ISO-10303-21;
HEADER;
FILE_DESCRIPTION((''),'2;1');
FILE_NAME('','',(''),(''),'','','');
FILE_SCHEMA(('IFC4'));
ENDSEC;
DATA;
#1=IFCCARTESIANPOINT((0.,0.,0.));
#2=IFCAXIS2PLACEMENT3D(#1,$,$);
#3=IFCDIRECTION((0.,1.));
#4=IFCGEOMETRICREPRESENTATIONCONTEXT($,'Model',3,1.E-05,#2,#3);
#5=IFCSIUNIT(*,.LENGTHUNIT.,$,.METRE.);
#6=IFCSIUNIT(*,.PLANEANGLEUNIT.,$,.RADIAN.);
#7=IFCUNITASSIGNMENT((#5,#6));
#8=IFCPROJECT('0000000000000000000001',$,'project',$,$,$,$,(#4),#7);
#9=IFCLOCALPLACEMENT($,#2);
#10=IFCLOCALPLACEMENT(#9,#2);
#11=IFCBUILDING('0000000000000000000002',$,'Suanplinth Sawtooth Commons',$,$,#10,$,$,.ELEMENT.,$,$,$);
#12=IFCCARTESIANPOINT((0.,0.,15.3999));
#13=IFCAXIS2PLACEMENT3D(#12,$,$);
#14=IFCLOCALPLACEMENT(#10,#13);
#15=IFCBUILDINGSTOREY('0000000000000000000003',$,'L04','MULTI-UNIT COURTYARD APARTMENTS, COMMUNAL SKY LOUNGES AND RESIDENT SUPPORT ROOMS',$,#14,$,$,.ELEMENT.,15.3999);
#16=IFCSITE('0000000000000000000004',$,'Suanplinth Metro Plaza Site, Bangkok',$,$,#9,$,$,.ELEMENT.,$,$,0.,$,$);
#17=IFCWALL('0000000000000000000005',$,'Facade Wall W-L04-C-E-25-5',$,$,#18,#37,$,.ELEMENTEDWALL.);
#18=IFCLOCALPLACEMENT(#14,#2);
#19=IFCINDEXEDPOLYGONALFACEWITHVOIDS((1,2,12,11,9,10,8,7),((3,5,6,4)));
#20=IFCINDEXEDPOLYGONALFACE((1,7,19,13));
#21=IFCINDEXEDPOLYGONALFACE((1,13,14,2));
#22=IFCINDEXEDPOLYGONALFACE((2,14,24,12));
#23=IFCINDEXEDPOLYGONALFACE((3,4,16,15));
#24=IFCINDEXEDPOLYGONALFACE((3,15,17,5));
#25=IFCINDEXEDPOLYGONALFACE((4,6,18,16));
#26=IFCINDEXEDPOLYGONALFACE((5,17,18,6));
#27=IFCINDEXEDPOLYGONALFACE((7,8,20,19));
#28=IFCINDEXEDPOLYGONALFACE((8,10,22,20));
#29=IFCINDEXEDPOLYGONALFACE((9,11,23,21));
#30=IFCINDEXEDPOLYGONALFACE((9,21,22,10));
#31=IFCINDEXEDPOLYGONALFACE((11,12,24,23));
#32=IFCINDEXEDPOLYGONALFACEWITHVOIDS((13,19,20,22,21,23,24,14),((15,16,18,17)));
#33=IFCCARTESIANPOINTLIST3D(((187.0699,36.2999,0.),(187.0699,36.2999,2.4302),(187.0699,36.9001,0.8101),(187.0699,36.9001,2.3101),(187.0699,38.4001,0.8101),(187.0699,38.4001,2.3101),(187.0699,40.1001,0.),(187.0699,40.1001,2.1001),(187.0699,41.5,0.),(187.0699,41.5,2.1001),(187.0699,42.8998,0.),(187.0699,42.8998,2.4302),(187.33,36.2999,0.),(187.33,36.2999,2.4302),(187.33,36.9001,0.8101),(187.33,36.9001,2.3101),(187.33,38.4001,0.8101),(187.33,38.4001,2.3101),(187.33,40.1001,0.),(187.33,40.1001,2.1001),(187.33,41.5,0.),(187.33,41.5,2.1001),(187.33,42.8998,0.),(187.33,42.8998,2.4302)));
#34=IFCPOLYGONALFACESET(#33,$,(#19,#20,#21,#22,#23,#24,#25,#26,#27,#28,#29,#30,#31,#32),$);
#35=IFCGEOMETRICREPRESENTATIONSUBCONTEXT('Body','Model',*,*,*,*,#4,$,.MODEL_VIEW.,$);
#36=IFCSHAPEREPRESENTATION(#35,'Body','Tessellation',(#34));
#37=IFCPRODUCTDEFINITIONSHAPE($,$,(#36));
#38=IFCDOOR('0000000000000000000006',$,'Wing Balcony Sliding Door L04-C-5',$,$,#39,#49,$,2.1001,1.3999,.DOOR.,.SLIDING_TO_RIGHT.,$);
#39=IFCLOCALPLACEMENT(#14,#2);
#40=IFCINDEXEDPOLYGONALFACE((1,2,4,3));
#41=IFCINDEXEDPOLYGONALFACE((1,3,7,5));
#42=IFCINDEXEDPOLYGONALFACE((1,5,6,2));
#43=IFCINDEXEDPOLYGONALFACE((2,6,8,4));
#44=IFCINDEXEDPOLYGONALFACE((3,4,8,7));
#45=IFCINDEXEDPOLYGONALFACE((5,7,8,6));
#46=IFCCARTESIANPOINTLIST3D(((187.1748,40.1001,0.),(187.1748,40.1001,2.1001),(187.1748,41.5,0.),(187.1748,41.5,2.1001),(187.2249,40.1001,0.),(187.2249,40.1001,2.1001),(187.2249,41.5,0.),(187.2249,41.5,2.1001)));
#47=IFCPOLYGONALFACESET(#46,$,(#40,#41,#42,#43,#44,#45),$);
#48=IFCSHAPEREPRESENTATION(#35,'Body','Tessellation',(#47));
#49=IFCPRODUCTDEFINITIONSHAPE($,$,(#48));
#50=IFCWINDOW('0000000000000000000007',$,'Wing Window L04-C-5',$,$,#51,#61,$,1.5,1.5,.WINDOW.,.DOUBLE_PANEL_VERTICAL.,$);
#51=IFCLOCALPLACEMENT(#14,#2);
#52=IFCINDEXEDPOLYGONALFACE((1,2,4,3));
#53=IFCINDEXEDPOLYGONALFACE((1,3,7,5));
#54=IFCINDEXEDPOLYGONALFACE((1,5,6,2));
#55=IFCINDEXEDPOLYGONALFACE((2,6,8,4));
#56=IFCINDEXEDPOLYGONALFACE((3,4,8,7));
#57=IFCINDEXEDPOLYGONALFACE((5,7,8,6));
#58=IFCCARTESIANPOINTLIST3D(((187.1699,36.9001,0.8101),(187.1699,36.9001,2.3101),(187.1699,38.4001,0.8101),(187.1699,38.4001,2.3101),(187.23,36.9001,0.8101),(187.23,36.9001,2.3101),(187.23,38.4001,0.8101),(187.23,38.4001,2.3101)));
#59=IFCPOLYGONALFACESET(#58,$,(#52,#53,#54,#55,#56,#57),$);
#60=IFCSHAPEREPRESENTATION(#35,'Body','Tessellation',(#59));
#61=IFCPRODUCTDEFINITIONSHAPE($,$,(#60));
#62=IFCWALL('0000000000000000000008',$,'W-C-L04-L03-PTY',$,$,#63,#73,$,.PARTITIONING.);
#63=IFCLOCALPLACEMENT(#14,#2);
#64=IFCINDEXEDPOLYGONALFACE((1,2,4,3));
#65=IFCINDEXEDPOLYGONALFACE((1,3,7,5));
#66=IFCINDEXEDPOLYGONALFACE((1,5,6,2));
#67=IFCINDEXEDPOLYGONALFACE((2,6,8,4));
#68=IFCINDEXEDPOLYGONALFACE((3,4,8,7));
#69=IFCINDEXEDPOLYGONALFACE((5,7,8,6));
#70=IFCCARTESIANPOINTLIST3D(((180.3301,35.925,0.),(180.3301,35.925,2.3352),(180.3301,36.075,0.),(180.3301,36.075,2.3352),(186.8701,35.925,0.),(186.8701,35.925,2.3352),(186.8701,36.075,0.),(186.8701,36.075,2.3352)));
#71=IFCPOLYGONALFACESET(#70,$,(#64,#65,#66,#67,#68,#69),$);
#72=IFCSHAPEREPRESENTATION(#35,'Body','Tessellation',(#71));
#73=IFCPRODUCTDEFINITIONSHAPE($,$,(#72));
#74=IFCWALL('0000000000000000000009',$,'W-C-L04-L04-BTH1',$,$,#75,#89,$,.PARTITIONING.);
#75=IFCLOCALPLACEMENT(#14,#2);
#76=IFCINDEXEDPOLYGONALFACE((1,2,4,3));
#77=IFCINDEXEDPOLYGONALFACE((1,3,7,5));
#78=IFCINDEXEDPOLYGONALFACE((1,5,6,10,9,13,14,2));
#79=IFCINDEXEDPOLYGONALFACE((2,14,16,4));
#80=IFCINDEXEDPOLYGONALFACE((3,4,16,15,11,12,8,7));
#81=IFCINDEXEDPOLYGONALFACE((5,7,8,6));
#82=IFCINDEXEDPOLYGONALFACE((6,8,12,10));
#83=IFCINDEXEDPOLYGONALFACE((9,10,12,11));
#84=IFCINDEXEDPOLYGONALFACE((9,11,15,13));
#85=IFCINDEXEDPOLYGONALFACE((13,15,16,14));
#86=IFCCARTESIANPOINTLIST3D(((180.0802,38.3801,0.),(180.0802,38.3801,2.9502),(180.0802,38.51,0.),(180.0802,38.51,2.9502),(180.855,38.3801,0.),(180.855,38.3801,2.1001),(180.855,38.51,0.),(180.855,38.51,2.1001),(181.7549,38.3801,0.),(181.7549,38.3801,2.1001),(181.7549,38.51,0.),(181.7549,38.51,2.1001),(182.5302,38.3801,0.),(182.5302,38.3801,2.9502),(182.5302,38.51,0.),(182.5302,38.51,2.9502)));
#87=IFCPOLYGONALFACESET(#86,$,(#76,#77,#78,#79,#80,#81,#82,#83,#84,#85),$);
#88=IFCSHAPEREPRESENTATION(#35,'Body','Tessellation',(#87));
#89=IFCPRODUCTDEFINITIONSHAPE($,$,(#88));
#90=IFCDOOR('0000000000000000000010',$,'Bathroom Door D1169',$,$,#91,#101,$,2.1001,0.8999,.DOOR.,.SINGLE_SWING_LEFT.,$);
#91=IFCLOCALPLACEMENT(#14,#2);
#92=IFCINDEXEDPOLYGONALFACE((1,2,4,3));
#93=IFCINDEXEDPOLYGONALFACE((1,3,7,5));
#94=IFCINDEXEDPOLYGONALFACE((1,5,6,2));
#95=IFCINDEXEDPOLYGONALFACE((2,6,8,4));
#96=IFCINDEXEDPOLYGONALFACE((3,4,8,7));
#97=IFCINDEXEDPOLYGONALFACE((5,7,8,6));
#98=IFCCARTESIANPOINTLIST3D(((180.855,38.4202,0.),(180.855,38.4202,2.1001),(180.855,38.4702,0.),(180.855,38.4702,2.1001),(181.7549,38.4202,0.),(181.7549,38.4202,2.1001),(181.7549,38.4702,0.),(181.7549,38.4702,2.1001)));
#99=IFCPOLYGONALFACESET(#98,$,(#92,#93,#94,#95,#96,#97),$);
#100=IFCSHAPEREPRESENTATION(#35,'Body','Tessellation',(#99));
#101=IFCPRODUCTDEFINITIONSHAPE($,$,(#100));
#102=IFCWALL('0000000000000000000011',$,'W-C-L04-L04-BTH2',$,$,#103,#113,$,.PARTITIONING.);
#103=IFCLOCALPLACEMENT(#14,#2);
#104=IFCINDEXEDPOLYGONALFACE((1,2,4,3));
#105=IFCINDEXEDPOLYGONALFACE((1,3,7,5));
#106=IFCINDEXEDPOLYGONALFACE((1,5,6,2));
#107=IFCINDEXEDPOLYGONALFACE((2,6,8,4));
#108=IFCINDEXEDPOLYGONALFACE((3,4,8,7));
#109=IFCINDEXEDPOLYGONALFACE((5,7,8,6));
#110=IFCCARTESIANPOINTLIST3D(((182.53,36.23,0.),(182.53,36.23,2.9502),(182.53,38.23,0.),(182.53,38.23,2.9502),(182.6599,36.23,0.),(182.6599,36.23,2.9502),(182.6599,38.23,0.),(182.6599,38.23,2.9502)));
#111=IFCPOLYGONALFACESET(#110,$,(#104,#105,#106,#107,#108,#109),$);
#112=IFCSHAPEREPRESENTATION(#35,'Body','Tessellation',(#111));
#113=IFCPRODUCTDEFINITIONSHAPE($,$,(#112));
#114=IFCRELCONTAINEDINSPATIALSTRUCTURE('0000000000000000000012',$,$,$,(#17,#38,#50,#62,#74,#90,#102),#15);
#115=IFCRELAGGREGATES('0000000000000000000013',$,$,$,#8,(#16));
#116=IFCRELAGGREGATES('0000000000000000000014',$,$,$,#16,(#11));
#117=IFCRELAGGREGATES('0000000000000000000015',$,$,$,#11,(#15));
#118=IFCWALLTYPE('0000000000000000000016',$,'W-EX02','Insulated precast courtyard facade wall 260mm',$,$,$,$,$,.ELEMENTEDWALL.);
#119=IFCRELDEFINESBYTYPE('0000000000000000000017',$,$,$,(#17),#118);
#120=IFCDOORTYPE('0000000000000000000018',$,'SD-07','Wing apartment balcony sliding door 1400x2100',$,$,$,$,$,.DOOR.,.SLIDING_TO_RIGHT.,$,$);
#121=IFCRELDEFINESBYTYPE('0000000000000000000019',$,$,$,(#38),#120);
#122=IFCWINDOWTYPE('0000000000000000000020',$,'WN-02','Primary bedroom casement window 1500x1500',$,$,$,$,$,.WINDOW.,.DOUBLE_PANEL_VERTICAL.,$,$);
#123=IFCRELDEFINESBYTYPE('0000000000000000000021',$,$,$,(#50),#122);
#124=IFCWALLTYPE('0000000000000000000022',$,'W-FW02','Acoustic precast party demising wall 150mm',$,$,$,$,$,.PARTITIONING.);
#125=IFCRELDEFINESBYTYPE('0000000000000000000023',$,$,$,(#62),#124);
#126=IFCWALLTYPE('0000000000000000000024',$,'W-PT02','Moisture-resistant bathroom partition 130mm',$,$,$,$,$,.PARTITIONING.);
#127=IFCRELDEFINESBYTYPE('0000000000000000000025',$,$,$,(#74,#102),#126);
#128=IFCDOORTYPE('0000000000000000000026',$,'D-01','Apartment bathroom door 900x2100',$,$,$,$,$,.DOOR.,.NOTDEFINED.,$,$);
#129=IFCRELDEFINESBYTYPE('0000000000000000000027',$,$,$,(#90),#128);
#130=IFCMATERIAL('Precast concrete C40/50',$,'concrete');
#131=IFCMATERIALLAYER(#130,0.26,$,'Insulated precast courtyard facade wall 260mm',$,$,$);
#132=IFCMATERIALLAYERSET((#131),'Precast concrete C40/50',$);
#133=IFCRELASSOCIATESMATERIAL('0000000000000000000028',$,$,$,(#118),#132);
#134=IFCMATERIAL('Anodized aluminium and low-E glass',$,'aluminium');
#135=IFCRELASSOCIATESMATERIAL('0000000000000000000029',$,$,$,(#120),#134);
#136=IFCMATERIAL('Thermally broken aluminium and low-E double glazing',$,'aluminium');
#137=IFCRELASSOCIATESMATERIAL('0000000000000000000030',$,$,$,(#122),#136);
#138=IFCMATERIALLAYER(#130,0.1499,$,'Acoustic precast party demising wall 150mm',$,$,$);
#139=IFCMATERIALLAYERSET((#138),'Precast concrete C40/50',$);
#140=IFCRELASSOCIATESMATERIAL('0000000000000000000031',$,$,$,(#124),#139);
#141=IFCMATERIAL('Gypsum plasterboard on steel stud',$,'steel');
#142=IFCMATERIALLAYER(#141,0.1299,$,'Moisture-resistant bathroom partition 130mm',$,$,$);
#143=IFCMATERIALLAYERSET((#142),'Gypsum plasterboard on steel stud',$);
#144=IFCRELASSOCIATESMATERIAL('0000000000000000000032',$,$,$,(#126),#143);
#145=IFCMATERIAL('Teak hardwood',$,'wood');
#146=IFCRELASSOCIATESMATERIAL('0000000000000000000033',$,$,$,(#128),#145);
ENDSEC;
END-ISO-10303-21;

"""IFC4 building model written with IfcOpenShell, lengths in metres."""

from ifc_helpers import new_model, si_unit, direction, frame, frame_2d, origin, place, context, subcontext, project, spatial, rectangle, extrude, material, layer, layer_set, type_object, element, fill, save


model = new_model("IFC4")

# Units and contexts
model_context = context("Model", 3, precision=1e-05, world=origin(), true_north=direction((0.0, 1.0)))
body_context = subcontext(model_context, "Body", "Model", "MODEL_VIEW")
ifc_project = project(units=[si_unit("LENGTHUNIT", "METRE"), si_unit("PLANEANGLEUNIT", "RADIAN")], contexts=[model_context])

# Site, building, storey
site_placement = place(None, origin())
site = spatial("IfcSite", under=ifc_project, at=site_placement, Name="Suanplinth Metro Plaza Site, Bangkok", CompositionType="ELEMENT", RefElevation=0.0)
building_placement = place(site_placement, origin())
building = spatial("IfcBuilding", under=site, at=building_placement, Name="Suanplinth Sawtooth Commons", CompositionType="ELEMENT")
storey_placement = place(building_placement, frame((0.0, 0.0, 15.3999)))
storey = spatial("IfcBuildingStorey", under=building, at=storey_placement, Name="L04", Description="MULTI-UNIT COURTYARD APARTMENTS, COMMUNAL SKY LOUNGES AND RESIDENT SUPPORT ROOMS", CompositionType="ELEMENT", Elevation=15.3999)

# Shared definitions
ifc_material_1 = material(Name="Precast concrete C40/50", Category="concrete")

# Shared definitions
ifc_layer_1 = layer(ifc_material_1, 0.26, Name="Insulated precast courtyard facade wall 260mm")
ifc_layer_set_1 = layer_set([ifc_layer_1], Name="Precast concrete C40/50")
wall_type_1 = type_object("IfcWallType", Name="W-EX02", Description="Insulated precast courtyard facade wall 260mm", PredefinedType="ELEMENTEDWALL", material=ifc_layer_set_1)
ifc_material_2 = material(Name="Anodized aluminium and low-E glass", Category="aluminium")
door_type_1 = type_object("IfcDoorType", Name="SD-07", Description="Wing apartment balcony sliding door 1400x2100", OperationType="SLIDING_TO_RIGHT", PredefinedType="DOOR", material=ifc_material_2)

# Wall, openings, door, window
wall_1_placement = place(storey_placement, frame((187.2, 36.3, 0.0), z_axis=(0.0, 0.0, 1.0), x_axis=(0.0, 1.0, 0.0)))
wall_1 = element("IfcWall", 1, at=wall_1_placement, inside=storey, type_object=wall_type_1, Name="Facade Wall W-L04-C-E-25-5", PredefinedType="ELEMENTEDWALL", context=body_context, shape_type="SweptSolid", body=[
    extrude(rectangle(XDim=6.5999, YDim=0.26, at=frame_2d((3.2998, 0.0))), origin(), (0.0, 0.0, 1.0), 2.4302),
])
opening_1_placement = place(wall_1_placement, frame((3.8, 0.0, 0.0)))
opening_1 = element("IfcOpeningElement", 2, at=opening_1_placement, cuts=wall_1, PredefinedType="OPENING", context=body_context, shape_type="SweptSolid", body=[
    extrude(rectangle(XDim=1.3999, YDim=2.1001, at=frame_2d((0.7, 1.05))), frame((0.0, 0.145, 0.0), z_axis=(0.0, -1.0, 0.0), x_axis=(1.0, 0.0, 0.0)), (0.0, 0.0, 1.0), 0.2898),
])
opening_2_placement = place(wall_1_placement, frame((0.6001, 0.0, 0.8101)))
opening_2 = element("IfcOpeningElement", 3, at=opening_2_placement, cuts=wall_1, PredefinedType="OPENING", context=body_context, shape_type="SweptSolid", body=[
    extrude(rectangle(XDim=1.5, YDim=1.5, at=frame_2d((0.75, 0.75))), frame((0.0, 0.145, 0.0), z_axis=(0.0, -1.0, 0.0), x_axis=(1.0, 0.0, 0.0)), (0.0, 0.0, 1.0), 0.2898),
])
door_1_placement = place(opening_1_placement, frame((1.3999, 0.0, 0.0), z_axis=(0.0, 0.0, 1.0), x_axis=(-1.0, 0.0, 0.0)))
door_1 = element("IfcDoor", 4, at=door_1_placement, inside=storey, type_object=door_type_1, Name="Wing Balcony Sliding Door L04-C-5", OperationType="SLIDING_TO_RIGHT", OverallHeight=2.1001, OverallWidth=1.3999, PredefinedType="DOOR", context=body_context, shape_type="SweptSolid", body=[
    extrude(rectangle(XDim=1.3999, YDim=2.1001, at=frame_2d((0.7, 1.05))), frame((0.0, 0.0249, 0.0), z_axis=(0.0, -1.0, 0.0), x_axis=(1.0, 0.0, 0.0)), (0.0, 0.0, 1.0), 0.05),
])
fill(opening_1, door_1)
ifc_material_3 = material(Name="Thermally broken aluminium and low-E double glazing", Category="aluminium")
window_type = type_object("IfcWindowType", Name="WN-02", Description="Primary bedroom casement window 1500x1500", PartitioningType="DOUBLE_PANEL_VERTICAL", PredefinedType="WINDOW", material=ifc_material_3)
window_placement = place(opening_2_placement, origin())
window = element("IfcWindow", 5, at=window_placement, inside=storey, type_object=window_type, Name="Wing Window L04-C-5", OverallHeight=1.5, OverallWidth=1.5, PartitioningType="DOUBLE_PANEL_VERTICAL", PredefinedType="WINDOW", context=body_context, shape_type="SweptSolid", body=[
    extrude(rectangle(XDim=1.5, YDim=1.5, at=frame_2d((0.75, 0.75))), frame((0.0, 0.03, 0.0), z_axis=(0.0, -1.0, 0.0), x_axis=(1.0, 0.0, 0.0)), (0.0, 0.0, 1.0), 0.0601),
])
fill(opening_2, window)

# Wall
ifc_layer_2 = layer(ifc_material_1, 0.1499, Name="Acoustic precast party demising wall 150mm")
ifc_layer_set_2 = layer_set([ifc_layer_2], Name="Precast concrete C40/50")
wall_type_2 = type_object("IfcWallType", Name="W-FW02", Description="Acoustic precast party demising wall 150mm", PredefinedType="PARTITIONING", material=ifc_layer_set_2)
wall_2_placement = place(storey_placement, frame((180.3301, 36.0, 0.0), z_axis=(0.0, 0.0, 1.0), x_axis=(1.0, 0.0, 0.0)))
element("IfcWall", 6, at=wall_2_placement, inside=storey, type_object=wall_type_2, Name="W-C-L04-L03-PTY", PredefinedType="PARTITIONING", context=body_context, shape_type="SweptSolid", body=[
    extrude(rectangle(XDim=6.54, YDim=0.1499, at=frame_2d((3.27, 0.0))), origin(), (0.0, 0.0, 1.0), 2.3352),
])

# Wall, opening, door
ifc_material_4 = material(Name="Gypsum plasterboard on steel stud", Category="steel")
ifc_layer_3 = layer(ifc_material_4, 0.1299, Name="Moisture-resistant bathroom partition 130mm")
ifc_layer_set_3 = layer_set([ifc_layer_3], Name="Gypsum plasterboard on steel stud")
wall_type_3 = type_object("IfcWallType", Name="W-PT02", Description="Moisture-resistant bathroom partition 130mm", PredefinedType="PARTITIONING", material=ifc_layer_set_3)
wall_3_placement = place(storey_placement, frame((180.0801, 38.4451, 0.0), z_axis=(0.0, 0.0, 1.0), x_axis=(1.0, 0.0, 0.0)))
wall_3 = element("IfcWall", 7, at=wall_3_placement, inside=storey, type_object=wall_type_3, Name="W-C-L04-L04-BTH1", PredefinedType="PARTITIONING", context=body_context, shape_type="SweptSolid", body=[
    extrude(rectangle(XDim=2.45, YDim=0.1299, at=frame_2d((1.2251, 0.0))), origin(), (0.0, 0.0, 1.0), 2.9502),
])
opening_3_placement = place(wall_3_placement, frame((0.7749, 0.0, 0.0)))
opening_3 = element("IfcOpeningElement", 8, at=opening_3_placement, cuts=wall_3, PredefinedType="OPENING", context=body_context, shape_type="SweptSolid", body=[
    extrude(rectangle(XDim=0.8999, YDim=2.1001, at=frame_2d((0.45, 1.05))), frame((0.0, 0.0798, 0.0), z_axis=(0.0, -1.0, 0.0), x_axis=(1.0, 0.0, 0.0)), (0.0, 0.0, 1.0), 0.1597),
])
ifc_material_5 = material(Name="Teak hardwood", Category="wood")
door_type_2 = type_object("IfcDoorType", Name="D-01", Description="Apartment bathroom door 900x2100", OperationType="NOTDEFINED", PredefinedType="DOOR", material=ifc_material_5)
door_2_placement = place(opening_3_placement, frame((0.8999, 0.0, 0.0), z_axis=(0.0, 0.0, 1.0), x_axis=(-1.0, 0.0, 0.0)))
door_2 = element("IfcDoor", 9, at=door_2_placement, inside=storey, type_object=door_type_2, Name="Bathroom Door D1169", OperationType="SINGLE_SWING_LEFT", OverallHeight=2.1001, OverallWidth=0.8999, PredefinedType="DOOR", context=body_context, shape_type="SweptSolid", body=[
    extrude(rectangle(XDim=0.8999, YDim=2.1001, at=frame_2d((0.45, 1.05))), frame((0.0, 0.0249, 0.0), z_axis=(0.0, -1.0, 0.0), x_axis=(1.0, 0.0, 0.0)), (0.0, 0.0, 1.0), 0.05),
])
fill(opening_3, door_2)

# Wall
wall_4_placement = place(storey_placement, frame((182.595, 36.23, 0.0), z_axis=(0.0, 0.0, 1.0), x_axis=(0.0, 1.0, 0.0)))
element("IfcWall", 10, at=wall_4_placement, inside=storey, type_object=wall_type_3, Name="W-C-L04-L04-BTH2", PredefinedType="PARTITIONING", context=body_context, shape_type="SweptSolid", body=[
    extrude(rectangle(XDim=2.0, YDim=0.1299, at=frame_2d((1.0, 0.0))), origin(), (0.0, 0.0, 1.0), 2.9502),
])

save(model, "model.ifc")
